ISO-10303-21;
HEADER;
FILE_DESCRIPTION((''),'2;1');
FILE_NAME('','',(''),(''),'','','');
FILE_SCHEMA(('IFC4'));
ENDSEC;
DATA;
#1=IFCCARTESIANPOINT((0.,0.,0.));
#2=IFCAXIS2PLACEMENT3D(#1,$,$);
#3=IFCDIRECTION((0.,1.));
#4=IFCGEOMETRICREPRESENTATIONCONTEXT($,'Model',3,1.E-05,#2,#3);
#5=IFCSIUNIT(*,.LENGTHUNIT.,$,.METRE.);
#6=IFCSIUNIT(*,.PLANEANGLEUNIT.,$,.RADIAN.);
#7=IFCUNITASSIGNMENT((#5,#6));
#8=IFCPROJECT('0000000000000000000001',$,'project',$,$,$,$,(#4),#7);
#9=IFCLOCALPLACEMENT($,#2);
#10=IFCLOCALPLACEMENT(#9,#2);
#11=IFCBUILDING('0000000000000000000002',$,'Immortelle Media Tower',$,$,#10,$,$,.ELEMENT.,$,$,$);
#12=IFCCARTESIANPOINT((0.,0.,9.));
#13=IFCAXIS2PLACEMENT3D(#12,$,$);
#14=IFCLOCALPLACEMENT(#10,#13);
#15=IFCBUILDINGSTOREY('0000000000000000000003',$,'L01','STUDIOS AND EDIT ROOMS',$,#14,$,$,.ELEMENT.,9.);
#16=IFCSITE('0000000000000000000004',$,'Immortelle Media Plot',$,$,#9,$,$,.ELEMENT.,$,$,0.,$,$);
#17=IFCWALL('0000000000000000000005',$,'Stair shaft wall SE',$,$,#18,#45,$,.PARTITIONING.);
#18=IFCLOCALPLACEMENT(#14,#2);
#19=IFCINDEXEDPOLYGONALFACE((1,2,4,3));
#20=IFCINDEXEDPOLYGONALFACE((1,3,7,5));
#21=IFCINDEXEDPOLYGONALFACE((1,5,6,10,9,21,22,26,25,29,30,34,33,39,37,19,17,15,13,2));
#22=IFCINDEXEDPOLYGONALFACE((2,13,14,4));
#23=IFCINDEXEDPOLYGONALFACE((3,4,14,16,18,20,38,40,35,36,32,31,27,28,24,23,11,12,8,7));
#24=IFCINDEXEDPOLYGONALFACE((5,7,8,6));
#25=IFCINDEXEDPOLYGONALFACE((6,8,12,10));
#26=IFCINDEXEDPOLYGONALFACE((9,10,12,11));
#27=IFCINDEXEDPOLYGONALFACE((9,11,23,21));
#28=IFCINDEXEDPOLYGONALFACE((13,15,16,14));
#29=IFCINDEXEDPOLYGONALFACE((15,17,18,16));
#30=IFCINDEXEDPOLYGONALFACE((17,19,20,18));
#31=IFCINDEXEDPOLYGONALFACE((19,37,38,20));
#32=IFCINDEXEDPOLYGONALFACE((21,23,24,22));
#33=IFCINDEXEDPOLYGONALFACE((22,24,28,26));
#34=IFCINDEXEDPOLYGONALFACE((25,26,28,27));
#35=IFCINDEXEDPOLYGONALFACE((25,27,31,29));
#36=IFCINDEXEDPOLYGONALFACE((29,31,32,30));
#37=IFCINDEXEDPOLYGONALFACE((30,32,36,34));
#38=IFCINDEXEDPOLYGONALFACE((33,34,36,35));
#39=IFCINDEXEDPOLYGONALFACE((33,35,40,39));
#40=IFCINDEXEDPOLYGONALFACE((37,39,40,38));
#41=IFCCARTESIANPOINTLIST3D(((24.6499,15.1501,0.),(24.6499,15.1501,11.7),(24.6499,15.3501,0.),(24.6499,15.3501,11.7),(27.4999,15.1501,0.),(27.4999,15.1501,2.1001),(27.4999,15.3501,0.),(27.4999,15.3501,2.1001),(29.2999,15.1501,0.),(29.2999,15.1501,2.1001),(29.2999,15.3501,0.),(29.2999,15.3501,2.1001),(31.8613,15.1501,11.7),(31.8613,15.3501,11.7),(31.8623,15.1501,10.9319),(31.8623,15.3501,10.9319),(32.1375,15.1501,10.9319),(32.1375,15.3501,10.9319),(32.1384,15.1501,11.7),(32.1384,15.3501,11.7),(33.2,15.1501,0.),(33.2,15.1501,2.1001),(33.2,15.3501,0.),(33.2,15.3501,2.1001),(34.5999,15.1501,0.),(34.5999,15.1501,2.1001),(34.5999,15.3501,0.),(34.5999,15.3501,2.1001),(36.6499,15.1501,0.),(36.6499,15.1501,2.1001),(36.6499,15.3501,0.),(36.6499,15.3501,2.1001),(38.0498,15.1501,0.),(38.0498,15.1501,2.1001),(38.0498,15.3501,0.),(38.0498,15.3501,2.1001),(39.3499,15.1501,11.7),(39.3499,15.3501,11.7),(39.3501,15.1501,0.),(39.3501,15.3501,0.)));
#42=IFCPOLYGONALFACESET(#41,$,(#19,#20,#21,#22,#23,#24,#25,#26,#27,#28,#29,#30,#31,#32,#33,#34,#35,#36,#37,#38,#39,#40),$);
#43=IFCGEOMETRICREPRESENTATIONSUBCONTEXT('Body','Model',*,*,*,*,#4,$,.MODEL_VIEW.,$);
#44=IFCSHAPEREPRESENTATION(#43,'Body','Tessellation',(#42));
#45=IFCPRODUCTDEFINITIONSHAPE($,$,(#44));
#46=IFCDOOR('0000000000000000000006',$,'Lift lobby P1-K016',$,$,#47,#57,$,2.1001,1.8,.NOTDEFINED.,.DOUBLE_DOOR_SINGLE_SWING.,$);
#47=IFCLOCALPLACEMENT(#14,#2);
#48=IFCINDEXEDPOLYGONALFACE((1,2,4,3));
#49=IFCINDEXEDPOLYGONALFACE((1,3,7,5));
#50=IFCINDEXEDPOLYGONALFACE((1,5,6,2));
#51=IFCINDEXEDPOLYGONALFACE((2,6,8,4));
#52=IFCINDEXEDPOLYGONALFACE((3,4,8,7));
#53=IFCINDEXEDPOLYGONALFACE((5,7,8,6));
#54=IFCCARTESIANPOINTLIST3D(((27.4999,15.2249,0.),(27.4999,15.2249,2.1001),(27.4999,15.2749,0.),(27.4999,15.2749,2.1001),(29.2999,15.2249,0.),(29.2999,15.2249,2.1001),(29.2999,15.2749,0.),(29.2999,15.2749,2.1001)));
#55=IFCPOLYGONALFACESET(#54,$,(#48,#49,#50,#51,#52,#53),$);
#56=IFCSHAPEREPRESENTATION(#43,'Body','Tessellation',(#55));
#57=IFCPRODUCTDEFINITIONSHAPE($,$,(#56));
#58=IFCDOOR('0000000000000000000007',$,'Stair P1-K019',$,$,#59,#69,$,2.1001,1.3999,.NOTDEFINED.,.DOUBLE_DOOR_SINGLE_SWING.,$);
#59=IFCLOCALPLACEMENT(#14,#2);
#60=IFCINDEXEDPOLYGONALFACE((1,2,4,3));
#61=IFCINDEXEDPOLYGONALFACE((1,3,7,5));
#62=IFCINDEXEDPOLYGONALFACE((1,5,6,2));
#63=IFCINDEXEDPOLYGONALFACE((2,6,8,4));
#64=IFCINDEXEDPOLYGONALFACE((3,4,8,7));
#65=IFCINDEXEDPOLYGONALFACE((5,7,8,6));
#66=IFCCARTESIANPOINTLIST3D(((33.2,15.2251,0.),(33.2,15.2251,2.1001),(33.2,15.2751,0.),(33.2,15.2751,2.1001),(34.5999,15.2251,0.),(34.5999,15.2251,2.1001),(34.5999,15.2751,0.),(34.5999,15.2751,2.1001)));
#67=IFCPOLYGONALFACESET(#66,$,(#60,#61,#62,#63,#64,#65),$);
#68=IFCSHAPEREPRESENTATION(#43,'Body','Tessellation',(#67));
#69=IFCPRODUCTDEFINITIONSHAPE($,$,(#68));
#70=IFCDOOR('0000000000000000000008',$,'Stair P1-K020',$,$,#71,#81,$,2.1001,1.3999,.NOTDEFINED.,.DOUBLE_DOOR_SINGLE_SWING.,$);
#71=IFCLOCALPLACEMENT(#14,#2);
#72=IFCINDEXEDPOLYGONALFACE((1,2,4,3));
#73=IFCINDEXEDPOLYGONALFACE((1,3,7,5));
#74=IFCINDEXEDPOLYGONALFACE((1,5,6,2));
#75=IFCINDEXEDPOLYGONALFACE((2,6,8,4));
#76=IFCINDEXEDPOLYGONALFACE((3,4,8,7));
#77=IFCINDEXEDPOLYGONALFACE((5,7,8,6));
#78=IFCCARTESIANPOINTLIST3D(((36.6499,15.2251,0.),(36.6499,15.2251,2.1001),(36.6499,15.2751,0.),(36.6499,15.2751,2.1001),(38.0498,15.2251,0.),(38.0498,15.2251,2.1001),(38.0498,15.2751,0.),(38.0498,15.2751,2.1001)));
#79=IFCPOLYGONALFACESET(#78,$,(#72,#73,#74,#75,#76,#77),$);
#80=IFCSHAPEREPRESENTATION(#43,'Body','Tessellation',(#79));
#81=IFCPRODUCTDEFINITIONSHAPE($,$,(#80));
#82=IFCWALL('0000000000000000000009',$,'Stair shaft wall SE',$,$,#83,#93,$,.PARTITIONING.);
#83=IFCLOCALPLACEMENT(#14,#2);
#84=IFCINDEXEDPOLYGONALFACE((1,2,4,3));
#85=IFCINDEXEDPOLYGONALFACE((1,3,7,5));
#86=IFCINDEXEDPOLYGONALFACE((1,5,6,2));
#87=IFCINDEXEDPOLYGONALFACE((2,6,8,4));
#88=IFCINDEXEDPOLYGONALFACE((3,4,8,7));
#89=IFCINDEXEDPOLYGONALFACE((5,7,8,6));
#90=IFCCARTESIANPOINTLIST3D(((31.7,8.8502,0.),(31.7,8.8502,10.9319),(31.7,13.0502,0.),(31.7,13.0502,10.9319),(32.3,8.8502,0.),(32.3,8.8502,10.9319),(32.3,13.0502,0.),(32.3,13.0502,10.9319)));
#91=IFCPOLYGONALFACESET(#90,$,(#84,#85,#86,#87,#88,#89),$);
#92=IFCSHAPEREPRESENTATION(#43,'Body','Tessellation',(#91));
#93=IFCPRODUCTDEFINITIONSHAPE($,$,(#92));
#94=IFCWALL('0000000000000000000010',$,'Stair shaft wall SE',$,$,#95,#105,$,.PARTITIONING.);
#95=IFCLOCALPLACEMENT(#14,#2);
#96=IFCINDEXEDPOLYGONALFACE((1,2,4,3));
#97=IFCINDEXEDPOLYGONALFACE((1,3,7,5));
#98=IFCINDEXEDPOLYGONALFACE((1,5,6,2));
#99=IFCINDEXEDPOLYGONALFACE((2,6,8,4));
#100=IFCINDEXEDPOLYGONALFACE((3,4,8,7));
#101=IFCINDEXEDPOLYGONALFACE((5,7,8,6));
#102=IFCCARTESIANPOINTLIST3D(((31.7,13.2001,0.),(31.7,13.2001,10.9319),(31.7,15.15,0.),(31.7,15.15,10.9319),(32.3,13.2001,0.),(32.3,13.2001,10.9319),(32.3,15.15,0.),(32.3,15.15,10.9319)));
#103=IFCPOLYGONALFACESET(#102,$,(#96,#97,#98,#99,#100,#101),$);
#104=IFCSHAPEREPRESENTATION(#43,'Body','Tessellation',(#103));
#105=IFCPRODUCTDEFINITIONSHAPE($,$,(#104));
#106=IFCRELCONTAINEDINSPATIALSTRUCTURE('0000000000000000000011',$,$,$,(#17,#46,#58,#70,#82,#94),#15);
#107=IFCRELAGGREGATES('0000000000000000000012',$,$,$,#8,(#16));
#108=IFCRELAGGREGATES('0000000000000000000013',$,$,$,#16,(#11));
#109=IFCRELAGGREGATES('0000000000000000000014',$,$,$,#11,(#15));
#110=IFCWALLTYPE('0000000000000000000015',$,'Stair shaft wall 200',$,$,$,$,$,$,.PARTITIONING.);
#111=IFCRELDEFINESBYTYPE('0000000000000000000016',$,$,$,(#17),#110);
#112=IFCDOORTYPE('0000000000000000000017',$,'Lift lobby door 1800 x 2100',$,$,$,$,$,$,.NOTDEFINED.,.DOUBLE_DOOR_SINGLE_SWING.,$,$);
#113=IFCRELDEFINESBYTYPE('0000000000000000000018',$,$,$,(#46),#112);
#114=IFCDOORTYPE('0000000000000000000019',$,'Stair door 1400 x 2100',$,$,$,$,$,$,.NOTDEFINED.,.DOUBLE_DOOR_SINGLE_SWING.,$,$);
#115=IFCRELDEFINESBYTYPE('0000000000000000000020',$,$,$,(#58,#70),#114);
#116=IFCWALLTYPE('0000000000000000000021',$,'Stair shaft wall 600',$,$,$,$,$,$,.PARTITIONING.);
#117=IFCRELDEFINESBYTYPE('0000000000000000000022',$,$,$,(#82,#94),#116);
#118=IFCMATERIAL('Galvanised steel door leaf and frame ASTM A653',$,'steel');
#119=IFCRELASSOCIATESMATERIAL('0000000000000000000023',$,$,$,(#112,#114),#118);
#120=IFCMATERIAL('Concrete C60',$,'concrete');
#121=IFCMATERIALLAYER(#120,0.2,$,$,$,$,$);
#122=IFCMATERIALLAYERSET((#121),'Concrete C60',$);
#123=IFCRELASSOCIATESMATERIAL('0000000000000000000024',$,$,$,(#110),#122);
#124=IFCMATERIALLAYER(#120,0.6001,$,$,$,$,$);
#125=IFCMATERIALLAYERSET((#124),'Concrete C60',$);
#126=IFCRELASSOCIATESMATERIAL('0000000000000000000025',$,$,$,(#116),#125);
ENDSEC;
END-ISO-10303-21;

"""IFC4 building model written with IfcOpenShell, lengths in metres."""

from ifc_helpers import new_model, si_unit, direction, frame, frame_2d, origin, place, context, subcontext, project, spatial, polyline, rectangle, outline, extrude, material, layer, layer_set, type_object, element, fill, save


model = new_model("IFC4")

# Units and contexts
model_context = context("Model", 3, precision=1e-05, world=origin(), true_north=direction((0.0, 1.0)))
body_context = subcontext(model_context, "Body", "Model", "MODEL_VIEW")
ifc_project = project(units=[si_unit("LENGTHUNIT", "METRE"), si_unit("PLANEANGLEUNIT", "RADIAN")], contexts=[model_context])

# Site, building, storey
site_placement = place(None, origin())
site = spatial("IfcSite", under=ifc_project, at=site_placement, Name="Immortelle Media Plot", CompositionType="ELEMENT", RefElevation=0.0)
building_placement = place(site_placement, origin())
building = spatial("IfcBuilding", under=site, at=building_placement, Name="Immortelle Media Tower", CompositionType="ELEMENT")
storey_placement = place(building_placement, frame((0.0, 0.0, 9.0)))
storey = spatial("IfcBuildingStorey", under=building, at=storey_placement, Name="L01", Description="STUDIOS AND EDIT ROOMS", CompositionType="ELEMENT", Elevation=9.0)

# Shared definitions
ifc_material_1 = material(Name="Galvanised steel door leaf and frame ASTM A653", Category="steel")

# Shared definitions
door_type_1 = type_object("IfcDoorType", Name="Lift lobby door 1800 x 2100", OperationType="DOUBLE_DOOR_SINGLE_SWING", PredefinedType="NOTDEFINED", material=ifc_material_1)

# Shared definitions
ifc_material_2 = material(Name="Concrete C60", Category="concrete")
ifc_layer_1 = layer(ifc_material_2, 0.2)
ifc_layer_set_1 = layer_set([ifc_layer_1], Name="Concrete C60")
wall_type_1 = type_object("IfcWallType", Name="Stair shaft wall 200", PredefinedType="PARTITIONING", material=ifc_layer_set_1)

# Wall, openings, doors
wall_1_placement = place(storey_placement, frame((24.6499, 15.25, 0.0), z_axis=(0.0, 0.0, 1.0), x_axis=(1.0, 0.0, 0.0)))
wall_1 = element("IfcWall", 1, at=wall_1_placement, inside=storey, type_object=wall_type_1, Name="Stair shaft wall SE", PredefinedType="PARTITIONING", context=body_context, shape_type="SweptSolid", body=[
    extrude(outline(polyline([(0.0, 0.0), (14.7002, 0.0), (14.7, 11.7), (7.4885, 11.7), (7.4875, 10.9319), (7.2124, 10.9319), (7.2114, 11.7), (0.0, 11.7), (0.0, 0.0)])), frame((0.0, 0.1001, 0.0), z_axis=(0.0, -1.0, 0.0), x_axis=(1.0, 0.0, 0.0)), (0.0, 0.0, 1.0), 0.2),
])
opening_1_placement = place(wall_1_placement, frame((2.8501, 0.0, 0.0)))
opening_1 = element("IfcOpeningElement", 2, at=opening_1_placement, cuts=wall_1, PredefinedType="OPENING", context=body_context, shape_type="SweptSolid", body=[
    extrude(rectangle(XDim=1.8, YDim=2.1001, at=frame_2d((0.8999, 1.05))), frame((0.0, 0.1099, 0.0), z_axis=(0.0, -1.0, 0.0), x_axis=(1.0, 0.0, 0.0)), (0.0, 0.0, 1.0), 0.22),
])
opening_2_placement = place(wall_1_placement, frame((9.95, 0.0, 0.0), z_axis=(0.0, 0.0, 1.0), x_axis=(-1.0, 0.0, 0.0)))
opening_2 = element("IfcOpeningElement", 3, at=opening_2_placement, cuts=wall_1, PredefinedType="OPENING", context=body_context, shape_type="SweptSolid", body=[
    extrude(rectangle(XDim=1.3999, YDim=2.1001, at=frame_2d((0.7, 1.05))), frame((0.0, 0.1099, 0.0), z_axis=(0.0, -1.0, 0.0), x_axis=(1.0, 0.0, 0.0)), (0.0, 0.0, 1.0), 0.22),
])
opening_3_placement = place(wall_1_placement, frame((13.3999, 0.0, 0.0), z_axis=(0.0, 0.0, 1.0), x_axis=(-1.0, 0.0, 0.0)))
opening_3 = element("IfcOpeningElement", 4, at=opening_3_placement, cuts=wall_1, PredefinedType="OPENING", context=body_context, shape_type="SweptSolid", body=[
    extrude(rectangle(XDim=1.3999, YDim=2.1001, at=frame_2d((0.7, 1.05))), frame((0.0, 0.1099, 0.0), z_axis=(0.0, -1.0, 0.0), x_axis=(1.0, 0.0, 0.0)), (0.0, 0.0, 1.0), 0.22),
])
door_1_placement = place(opening_1_placement, origin())
door_1 = element("IfcDoor", 5, at=door_1_placement, inside=storey, type_object=door_type_1, Name="Lift lobby P1-K016", OperationType="DOUBLE_DOOR_SINGLE_SWING", OverallHeight=2.1001, OverallWidth=1.8, PredefinedType="NOTDEFINED", context=body_context, shape_type="SweptSolid", body=[
    extrude(rectangle(XDim=1.8, YDim=2.1001, at=frame_2d((0.8999, 1.05))), frame((0.0, 0.0249, 0.0), z_axis=(0.0, -1.0, 0.0), x_axis=(1.0, 0.0, 0.0)), (0.0, 0.0, 1.0), 0.05),
])
fill(opening_1, door_1)
door_type_2 = type_object("IfcDoorType", Name="Stair door 1400 x 2100", OperationType="DOUBLE_DOOR_SINGLE_SWING", PredefinedType="NOTDEFINED", material=ifc_material_1)
door_2_placement = place(opening_2_placement, origin())
door_2 = element("IfcDoor", 6, at=door_2_placement, inside=storey, type_object=door_type_2, Name="Stair P1-K019", OperationType="DOUBLE_DOOR_SINGLE_SWING", OverallHeight=2.1001, OverallWidth=1.3999, PredefinedType="NOTDEFINED", context=body_context, shape_type="SweptSolid", body=[
    extrude(rectangle(XDim=1.3999, YDim=2.1001, at=frame_2d((0.7, 1.05))), frame((0.0, 0.0249, 0.0), z_axis=(0.0, -1.0, 0.0), x_axis=(1.0, 0.0, 0.0)), (0.0, 0.0, 1.0), 0.05),
])
fill(opening_2, door_2)
door_3_placement = place(opening_3_placement, origin())
door_3 = element("IfcDoor", 7, at=door_3_placement, inside=storey, type_object=door_type_2, Name="Stair P1-K020", OperationType="DOUBLE_DOOR_SINGLE_SWING", OverallHeight=2.1001, OverallWidth=1.3999, PredefinedType="NOTDEFINED", context=body_context, shape_type="SweptSolid", body=[
    extrude(rectangle(XDim=1.3999, YDim=2.1001, at=frame_2d((0.7, 1.05))), frame((0.0, 0.0249, 0.0), z_axis=(0.0, -1.0, 0.0), x_axis=(1.0, 0.0, 0.0)), (0.0, 0.0, 1.0), 0.05),
])
fill(opening_3, door_3)

# Walls
ifc_layer_2 = layer(ifc_material_2, 0.6001)
ifc_layer_set_2 = layer_set([ifc_layer_2], Name="Concrete C60")
wall_type_2 = type_object("IfcWallType", Name="Stair shaft wall 600", PredefinedType="PARTITIONING", material=ifc_layer_set_2)
wall_2_placement = place(storey_placement, frame((32.0, 8.8501, 0.0), z_axis=(0.0, 0.0, 1.0), x_axis=(0.0, 1.0, 0.0)))
element("IfcWall", 8, at=wall_2_placement, inside=storey, type_object=wall_type_2, Name="Stair shaft wall SE", PredefinedType="PARTITIONING", context=body_context, shape_type="SweptSolid", body=[
    extrude(rectangle(XDim=4.2, YDim=0.6001, at=frame_2d((2.1001, 0.0))), origin(), (0.0, 0.0, 1.0), 10.9319),
])
wall_3_placement = place(storey_placement, frame((32.0, 13.2, 0.0), z_axis=(0.0, 0.0, 1.0), x_axis=(0.0, 1.0, 0.0)))
element("IfcWall", 9, at=wall_3_placement, inside=storey, type_object=wall_type_2, Name="Stair shaft wall SE", PredefinedType="PARTITIONING", context=body_context, shape_type="SweptSolid", body=[
    extrude(rectangle(XDim=1.95, YDim=0.6001, at=frame_2d((0.9751, 0.0))), origin(), (0.0, 0.0, 1.0), 10.9319),
])

save(model, "model.ifc")
